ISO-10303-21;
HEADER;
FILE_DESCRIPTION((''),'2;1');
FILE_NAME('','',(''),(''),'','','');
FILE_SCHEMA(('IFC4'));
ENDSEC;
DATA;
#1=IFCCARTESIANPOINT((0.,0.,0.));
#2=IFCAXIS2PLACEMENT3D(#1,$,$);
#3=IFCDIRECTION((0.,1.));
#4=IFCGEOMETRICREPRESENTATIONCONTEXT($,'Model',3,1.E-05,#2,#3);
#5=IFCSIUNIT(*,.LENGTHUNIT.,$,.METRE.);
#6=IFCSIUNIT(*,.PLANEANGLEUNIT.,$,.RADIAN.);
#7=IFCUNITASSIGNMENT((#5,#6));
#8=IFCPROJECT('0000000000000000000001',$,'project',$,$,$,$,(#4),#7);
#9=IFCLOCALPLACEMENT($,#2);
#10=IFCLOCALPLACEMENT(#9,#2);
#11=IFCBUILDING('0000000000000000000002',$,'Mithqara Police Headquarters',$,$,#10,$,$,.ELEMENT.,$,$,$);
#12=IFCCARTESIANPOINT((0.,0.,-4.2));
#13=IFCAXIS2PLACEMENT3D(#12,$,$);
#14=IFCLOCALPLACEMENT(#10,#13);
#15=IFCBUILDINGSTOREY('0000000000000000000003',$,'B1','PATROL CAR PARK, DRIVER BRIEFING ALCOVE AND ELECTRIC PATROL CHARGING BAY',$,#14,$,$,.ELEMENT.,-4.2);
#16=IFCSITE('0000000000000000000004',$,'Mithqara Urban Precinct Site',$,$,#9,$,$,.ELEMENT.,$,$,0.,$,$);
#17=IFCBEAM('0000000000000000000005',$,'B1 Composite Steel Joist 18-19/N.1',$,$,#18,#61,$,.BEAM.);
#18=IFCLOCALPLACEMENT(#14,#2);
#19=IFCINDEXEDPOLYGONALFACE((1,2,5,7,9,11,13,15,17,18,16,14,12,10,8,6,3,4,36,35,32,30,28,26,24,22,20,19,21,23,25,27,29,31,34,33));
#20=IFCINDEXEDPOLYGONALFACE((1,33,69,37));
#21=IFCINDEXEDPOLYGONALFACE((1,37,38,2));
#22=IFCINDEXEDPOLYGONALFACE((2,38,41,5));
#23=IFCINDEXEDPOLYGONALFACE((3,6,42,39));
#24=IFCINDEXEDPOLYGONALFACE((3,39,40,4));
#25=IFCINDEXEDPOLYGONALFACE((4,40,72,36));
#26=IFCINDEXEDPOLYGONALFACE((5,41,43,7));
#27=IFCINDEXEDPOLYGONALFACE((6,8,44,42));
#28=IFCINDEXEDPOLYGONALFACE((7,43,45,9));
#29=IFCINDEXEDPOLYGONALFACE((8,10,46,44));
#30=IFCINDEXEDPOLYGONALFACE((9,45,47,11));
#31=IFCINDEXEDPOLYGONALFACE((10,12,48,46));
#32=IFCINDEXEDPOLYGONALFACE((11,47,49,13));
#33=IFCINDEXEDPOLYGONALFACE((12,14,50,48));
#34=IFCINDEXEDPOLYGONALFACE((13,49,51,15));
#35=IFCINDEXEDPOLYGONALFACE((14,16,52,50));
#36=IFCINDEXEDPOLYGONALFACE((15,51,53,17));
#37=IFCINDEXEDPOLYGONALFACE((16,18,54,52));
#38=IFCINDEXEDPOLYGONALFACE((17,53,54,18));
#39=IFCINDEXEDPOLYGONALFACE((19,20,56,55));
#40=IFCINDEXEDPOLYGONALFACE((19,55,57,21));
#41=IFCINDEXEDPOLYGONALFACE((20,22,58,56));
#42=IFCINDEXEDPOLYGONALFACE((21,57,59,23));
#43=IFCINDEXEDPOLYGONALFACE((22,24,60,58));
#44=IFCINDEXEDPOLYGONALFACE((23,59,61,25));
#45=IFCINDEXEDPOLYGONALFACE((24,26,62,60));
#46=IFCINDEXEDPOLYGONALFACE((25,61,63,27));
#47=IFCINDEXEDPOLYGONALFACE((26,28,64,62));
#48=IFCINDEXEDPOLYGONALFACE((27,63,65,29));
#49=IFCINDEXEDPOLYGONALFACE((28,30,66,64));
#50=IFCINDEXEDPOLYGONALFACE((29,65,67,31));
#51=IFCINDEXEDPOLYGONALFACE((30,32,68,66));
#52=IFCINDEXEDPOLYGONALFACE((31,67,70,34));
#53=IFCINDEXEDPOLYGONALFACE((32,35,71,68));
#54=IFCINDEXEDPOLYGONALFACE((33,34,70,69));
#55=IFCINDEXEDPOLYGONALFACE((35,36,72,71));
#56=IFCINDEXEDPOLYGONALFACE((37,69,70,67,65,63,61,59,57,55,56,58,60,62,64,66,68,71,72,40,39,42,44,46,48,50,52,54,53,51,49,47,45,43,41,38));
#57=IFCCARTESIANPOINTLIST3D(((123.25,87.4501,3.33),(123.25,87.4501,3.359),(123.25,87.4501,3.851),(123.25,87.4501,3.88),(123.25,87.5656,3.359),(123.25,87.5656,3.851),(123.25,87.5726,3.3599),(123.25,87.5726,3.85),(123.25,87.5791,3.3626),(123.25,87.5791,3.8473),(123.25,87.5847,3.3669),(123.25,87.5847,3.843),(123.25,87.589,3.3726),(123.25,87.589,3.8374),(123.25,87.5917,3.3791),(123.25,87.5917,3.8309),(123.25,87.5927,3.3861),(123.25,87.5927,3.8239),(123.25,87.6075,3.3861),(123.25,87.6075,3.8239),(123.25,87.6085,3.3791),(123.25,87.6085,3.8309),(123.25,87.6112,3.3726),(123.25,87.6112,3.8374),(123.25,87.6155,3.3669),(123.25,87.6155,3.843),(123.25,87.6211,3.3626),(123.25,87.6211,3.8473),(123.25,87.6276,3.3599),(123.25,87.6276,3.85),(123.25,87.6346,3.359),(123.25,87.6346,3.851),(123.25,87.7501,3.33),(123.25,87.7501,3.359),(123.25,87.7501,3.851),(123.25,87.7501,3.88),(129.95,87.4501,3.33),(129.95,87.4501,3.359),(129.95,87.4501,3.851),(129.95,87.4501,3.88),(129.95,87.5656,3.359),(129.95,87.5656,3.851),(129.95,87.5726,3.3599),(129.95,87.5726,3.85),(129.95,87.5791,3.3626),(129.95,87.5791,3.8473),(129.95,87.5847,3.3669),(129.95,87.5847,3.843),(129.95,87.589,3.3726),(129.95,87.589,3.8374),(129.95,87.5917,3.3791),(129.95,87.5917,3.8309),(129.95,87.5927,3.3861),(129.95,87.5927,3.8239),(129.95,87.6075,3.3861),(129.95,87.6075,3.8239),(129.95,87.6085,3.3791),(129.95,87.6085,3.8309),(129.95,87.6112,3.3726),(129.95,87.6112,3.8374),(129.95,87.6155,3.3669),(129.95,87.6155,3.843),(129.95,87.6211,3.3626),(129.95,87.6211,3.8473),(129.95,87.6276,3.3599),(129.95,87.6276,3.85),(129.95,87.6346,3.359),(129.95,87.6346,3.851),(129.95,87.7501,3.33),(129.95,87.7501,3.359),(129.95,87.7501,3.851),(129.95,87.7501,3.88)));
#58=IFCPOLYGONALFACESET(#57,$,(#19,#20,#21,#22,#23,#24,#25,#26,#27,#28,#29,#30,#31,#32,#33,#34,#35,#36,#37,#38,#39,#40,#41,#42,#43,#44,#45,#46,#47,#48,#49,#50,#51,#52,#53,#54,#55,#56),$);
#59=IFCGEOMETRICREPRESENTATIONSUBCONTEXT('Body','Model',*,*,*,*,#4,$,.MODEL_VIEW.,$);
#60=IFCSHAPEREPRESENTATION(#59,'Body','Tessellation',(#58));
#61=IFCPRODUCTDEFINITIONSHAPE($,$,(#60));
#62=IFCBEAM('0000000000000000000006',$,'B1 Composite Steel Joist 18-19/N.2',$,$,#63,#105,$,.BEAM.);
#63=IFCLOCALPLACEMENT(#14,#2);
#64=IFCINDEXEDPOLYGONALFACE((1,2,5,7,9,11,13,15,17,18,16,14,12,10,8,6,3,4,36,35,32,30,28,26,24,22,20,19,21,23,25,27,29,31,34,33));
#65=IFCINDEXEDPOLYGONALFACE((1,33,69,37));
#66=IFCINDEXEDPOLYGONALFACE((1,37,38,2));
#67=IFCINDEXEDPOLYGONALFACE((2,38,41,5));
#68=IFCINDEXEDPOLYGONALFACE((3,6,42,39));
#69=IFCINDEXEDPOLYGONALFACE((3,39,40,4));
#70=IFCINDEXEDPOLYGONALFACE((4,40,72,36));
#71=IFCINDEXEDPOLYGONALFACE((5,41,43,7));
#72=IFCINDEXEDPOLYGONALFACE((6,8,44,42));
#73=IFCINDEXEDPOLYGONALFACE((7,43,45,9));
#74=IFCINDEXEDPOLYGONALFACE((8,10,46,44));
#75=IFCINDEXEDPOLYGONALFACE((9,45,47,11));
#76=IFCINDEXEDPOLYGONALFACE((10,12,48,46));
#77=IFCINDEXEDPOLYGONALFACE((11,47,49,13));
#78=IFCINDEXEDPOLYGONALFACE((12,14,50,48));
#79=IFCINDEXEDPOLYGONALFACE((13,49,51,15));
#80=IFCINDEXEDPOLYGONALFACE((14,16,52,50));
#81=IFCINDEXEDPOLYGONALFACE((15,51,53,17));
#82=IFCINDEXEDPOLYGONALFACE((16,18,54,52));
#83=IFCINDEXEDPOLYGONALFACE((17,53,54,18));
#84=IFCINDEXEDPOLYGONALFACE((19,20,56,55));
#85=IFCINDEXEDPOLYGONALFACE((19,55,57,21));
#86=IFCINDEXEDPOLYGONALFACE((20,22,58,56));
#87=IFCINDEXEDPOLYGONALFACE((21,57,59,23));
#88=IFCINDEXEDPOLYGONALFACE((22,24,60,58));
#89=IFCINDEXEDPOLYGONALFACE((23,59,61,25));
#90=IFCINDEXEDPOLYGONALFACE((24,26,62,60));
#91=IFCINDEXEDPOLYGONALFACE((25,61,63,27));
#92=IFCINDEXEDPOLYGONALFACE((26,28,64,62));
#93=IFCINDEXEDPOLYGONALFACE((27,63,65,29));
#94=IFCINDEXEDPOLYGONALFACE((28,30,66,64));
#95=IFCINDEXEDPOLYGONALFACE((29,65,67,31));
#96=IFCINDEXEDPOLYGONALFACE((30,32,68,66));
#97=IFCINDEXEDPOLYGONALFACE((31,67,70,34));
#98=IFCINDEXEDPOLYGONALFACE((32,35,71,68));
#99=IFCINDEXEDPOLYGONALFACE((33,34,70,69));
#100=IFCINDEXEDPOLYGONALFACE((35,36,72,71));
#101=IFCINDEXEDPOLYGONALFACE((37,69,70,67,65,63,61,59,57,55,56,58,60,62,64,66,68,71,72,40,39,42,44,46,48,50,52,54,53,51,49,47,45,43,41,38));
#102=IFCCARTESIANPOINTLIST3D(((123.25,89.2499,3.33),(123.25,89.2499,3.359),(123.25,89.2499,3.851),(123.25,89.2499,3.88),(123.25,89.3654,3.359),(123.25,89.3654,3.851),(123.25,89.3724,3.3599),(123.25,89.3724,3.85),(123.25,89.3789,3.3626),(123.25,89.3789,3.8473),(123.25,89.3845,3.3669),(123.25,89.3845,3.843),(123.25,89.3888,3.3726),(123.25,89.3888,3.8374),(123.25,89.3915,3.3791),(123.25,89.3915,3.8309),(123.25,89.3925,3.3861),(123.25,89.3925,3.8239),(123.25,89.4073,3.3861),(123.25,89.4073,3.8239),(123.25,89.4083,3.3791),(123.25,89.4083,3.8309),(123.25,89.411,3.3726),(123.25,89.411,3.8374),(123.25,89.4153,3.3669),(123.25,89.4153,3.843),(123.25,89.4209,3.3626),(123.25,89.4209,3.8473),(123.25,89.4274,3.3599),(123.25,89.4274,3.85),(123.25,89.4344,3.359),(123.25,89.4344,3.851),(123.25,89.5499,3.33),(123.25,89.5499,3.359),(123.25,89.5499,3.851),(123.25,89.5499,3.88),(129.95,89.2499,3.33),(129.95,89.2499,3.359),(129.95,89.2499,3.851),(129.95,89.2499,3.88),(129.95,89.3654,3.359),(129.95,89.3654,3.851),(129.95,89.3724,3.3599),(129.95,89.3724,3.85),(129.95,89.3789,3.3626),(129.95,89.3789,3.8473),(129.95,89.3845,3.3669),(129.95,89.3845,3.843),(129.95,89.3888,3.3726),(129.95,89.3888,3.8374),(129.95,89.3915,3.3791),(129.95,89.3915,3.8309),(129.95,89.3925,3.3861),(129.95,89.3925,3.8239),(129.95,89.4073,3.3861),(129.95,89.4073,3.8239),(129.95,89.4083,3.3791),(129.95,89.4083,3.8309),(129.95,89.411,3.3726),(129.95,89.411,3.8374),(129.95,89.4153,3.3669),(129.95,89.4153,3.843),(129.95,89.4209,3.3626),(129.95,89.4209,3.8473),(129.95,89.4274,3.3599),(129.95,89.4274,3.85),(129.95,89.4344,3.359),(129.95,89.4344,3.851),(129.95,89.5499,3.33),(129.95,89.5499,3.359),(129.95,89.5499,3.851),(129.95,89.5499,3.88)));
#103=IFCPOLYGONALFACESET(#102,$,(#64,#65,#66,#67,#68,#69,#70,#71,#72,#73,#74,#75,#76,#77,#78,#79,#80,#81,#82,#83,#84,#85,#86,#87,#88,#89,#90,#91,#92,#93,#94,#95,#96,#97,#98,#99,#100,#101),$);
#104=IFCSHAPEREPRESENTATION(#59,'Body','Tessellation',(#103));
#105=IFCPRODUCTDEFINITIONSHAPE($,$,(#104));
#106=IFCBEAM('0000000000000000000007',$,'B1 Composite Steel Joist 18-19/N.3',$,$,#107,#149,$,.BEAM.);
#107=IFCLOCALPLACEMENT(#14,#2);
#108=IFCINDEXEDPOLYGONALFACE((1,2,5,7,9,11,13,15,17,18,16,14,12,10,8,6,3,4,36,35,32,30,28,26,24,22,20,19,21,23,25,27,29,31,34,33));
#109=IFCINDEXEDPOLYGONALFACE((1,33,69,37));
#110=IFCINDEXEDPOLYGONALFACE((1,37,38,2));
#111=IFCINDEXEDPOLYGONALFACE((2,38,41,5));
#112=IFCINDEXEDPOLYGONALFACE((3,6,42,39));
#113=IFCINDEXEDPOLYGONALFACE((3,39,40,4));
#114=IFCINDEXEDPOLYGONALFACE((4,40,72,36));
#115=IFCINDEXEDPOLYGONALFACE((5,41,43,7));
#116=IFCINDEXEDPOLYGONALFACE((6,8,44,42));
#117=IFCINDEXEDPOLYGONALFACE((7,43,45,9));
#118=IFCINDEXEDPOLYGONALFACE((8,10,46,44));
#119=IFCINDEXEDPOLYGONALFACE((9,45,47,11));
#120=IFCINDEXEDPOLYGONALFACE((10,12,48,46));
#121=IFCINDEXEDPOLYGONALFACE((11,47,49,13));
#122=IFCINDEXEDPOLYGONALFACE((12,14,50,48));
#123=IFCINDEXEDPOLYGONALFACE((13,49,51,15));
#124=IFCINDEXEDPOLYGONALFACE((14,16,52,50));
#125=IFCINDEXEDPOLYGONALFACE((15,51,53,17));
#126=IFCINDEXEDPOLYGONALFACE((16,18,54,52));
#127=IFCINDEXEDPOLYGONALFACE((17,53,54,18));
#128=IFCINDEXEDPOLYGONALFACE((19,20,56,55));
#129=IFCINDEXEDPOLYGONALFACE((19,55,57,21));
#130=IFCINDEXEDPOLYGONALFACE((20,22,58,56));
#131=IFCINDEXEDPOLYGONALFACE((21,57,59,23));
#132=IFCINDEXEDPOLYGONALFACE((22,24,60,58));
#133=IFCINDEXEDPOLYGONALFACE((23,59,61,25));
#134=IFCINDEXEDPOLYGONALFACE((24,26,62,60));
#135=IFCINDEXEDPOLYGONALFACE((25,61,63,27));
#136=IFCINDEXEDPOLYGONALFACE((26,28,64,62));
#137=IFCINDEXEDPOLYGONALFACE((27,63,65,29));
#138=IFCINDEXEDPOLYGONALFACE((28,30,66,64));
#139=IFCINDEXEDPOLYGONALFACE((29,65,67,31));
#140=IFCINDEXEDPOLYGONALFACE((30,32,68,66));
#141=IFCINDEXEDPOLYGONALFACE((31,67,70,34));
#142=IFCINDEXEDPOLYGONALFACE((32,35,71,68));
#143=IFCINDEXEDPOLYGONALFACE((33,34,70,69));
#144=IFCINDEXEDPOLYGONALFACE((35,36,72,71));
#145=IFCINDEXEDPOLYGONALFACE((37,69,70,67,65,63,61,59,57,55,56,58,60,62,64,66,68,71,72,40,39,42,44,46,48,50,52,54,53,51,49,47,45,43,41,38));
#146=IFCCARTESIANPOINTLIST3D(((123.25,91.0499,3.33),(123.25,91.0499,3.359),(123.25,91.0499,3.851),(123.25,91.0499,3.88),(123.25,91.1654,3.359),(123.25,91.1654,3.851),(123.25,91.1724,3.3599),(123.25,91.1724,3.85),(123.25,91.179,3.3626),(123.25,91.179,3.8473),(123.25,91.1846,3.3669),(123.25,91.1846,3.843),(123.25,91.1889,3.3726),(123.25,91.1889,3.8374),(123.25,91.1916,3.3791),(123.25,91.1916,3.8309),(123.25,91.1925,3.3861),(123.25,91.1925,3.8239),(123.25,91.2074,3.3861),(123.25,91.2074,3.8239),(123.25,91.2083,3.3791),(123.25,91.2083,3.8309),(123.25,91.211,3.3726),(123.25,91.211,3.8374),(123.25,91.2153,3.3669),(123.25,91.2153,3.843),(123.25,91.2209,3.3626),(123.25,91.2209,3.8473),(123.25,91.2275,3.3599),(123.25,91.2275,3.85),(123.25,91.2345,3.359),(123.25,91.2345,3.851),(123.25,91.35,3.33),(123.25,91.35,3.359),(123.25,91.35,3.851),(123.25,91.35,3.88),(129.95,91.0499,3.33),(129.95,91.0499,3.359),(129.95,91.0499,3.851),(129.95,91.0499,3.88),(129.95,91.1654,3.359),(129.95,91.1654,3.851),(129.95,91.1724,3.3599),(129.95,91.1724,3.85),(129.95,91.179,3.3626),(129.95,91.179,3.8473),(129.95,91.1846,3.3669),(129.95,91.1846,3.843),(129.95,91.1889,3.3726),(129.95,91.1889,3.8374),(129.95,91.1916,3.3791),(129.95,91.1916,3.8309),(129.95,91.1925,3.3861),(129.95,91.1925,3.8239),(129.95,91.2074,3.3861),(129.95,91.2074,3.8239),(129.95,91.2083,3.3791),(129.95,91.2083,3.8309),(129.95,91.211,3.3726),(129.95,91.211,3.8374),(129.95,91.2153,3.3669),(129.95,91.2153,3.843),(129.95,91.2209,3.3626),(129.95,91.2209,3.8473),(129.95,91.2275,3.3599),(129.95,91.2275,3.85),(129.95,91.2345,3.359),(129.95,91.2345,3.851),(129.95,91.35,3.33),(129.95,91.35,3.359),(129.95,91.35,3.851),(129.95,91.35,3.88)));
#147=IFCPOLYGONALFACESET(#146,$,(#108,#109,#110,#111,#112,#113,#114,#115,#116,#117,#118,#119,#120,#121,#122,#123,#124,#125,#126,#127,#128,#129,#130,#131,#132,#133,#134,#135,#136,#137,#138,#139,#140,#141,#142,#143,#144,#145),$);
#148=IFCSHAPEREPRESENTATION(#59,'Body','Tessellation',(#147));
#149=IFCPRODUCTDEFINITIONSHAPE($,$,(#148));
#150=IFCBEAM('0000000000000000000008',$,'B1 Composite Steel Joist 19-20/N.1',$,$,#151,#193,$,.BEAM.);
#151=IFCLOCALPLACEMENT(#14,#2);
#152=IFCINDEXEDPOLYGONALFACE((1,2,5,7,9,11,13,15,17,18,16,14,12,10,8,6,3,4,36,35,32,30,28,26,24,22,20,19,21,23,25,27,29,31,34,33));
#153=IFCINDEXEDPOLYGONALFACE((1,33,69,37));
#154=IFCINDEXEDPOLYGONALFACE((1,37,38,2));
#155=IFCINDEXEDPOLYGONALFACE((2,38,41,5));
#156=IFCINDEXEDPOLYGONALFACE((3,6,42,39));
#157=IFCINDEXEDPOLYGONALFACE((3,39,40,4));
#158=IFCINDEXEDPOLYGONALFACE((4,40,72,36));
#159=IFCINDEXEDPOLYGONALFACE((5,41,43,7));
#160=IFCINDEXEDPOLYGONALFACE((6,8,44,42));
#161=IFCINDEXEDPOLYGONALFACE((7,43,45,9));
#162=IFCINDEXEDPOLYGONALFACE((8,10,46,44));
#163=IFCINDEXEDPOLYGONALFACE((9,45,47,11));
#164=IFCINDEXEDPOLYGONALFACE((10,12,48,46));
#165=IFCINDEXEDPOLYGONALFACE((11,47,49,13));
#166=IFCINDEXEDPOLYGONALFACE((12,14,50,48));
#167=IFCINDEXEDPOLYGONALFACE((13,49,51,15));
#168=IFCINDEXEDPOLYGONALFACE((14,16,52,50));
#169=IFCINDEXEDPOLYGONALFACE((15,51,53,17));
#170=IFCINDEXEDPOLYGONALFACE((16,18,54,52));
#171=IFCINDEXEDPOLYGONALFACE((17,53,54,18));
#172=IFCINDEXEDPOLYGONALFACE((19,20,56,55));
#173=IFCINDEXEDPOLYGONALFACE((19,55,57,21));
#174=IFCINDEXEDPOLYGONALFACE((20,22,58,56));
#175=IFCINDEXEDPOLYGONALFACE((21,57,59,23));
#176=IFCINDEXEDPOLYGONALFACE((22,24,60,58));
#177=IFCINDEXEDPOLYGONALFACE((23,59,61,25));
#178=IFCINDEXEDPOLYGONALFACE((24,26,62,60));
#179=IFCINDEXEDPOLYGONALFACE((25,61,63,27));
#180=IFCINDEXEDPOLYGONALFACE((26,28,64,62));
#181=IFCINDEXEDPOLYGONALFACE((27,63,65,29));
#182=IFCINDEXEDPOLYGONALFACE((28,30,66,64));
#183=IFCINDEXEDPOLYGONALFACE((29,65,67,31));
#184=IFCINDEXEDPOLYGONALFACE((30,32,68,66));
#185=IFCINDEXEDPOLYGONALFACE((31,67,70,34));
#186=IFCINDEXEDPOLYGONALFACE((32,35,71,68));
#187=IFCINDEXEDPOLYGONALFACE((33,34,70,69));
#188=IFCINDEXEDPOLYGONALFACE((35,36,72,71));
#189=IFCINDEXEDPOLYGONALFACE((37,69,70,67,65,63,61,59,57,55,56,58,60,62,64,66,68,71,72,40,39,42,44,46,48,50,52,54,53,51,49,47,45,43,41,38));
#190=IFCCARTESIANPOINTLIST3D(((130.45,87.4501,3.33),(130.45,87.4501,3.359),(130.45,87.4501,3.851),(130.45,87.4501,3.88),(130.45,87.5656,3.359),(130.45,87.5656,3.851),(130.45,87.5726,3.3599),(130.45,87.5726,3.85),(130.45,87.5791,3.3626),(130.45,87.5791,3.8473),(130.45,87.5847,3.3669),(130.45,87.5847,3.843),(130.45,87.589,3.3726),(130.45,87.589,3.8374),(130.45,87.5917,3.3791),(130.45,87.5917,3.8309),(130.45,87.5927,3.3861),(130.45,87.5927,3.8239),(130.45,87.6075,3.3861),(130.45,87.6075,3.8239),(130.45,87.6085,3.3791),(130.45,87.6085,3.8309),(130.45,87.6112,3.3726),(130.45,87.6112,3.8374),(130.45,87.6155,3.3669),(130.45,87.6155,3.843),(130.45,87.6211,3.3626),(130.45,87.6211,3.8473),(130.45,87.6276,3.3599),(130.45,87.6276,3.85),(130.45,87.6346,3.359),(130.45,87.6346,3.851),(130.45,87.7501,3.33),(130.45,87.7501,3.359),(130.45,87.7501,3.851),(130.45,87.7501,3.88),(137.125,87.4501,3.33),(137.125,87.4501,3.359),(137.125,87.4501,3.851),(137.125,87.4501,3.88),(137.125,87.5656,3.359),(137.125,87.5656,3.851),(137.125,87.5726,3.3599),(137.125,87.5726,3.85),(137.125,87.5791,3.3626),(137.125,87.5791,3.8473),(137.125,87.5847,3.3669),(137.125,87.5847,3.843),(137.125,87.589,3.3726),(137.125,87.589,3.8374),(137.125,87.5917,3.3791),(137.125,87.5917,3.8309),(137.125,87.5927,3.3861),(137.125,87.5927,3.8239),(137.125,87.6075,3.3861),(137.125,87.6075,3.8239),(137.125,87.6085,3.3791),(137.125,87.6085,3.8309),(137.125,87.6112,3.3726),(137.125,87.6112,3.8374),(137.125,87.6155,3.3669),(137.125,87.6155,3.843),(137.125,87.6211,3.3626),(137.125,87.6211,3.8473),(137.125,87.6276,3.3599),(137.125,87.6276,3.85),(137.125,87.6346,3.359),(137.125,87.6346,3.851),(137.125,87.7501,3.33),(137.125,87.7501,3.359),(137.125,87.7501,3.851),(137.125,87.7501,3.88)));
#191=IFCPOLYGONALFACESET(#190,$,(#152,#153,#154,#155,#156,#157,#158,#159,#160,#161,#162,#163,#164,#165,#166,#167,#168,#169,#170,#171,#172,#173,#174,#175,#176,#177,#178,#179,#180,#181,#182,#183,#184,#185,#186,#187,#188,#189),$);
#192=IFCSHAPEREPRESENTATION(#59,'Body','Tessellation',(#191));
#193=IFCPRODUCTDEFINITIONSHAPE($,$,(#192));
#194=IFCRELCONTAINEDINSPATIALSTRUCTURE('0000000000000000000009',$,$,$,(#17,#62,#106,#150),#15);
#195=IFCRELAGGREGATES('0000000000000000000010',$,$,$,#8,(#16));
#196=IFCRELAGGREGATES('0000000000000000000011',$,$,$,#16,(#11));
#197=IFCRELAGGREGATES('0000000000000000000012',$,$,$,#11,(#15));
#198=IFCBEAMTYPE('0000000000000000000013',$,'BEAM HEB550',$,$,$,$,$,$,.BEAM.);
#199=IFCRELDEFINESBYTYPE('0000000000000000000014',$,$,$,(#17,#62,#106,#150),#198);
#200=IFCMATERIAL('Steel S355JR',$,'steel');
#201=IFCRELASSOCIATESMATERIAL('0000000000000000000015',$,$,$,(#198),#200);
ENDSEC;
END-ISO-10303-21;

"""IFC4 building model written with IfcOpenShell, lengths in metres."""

from ifc_helpers import new_model, si_unit, direction, frame, origin, origin_2d, place, context, subcontext, project, spatial, i_section, extrude, material, material_profile, profile_set, type_object, element, save


model = new_model("IFC4")

# Units and contexts
model_context = context("Model", 3, precision=1e-05, world=origin(), true_north=direction((0.0, 1.0)))
body_context = subcontext(model_context, "Body", "Model", "MODEL_VIEW")
ifc_project = project(units=[si_unit("LENGTHUNIT", "METRE"), si_unit("PLANEANGLEUNIT", "RADIAN")], contexts=[model_context])

# Site, building, storey
site_placement = place(None, origin())
site = spatial("IfcSite", under=ifc_project, at=site_placement, Name="Mithqara Urban Precinct Site", CompositionType="ELEMENT", RefElevation=0.0)
building_placement = place(site_placement, origin())
building = spatial("IfcBuilding", under=site, at=building_placement, Name="Mithqara Police Headquarters", CompositionType="ELEMENT")
storey_placement = place(building_placement, frame((0.0, 0.0, -4.2)))
storey = spatial("IfcBuildingStorey", under=building, at=storey_placement, Name="B1", Description="PATROL CAR PARK, DRIVER BRIEFING ALCOVE AND ELECTRIC PATROL CHARGING BAY", CompositionType="ELEMENT", Elevation=-4.2)

# Beams
ifc_material_1 = material(Name="Steel S355JR", Category="steel")
ifc_material_profile_1 = material_profile(ifc_material_1, i_section(OverallWidth=0.3, OverallDepth=0.55, WebThickness=0.0149, FlangeThickness=0.0291, FilletRadius=0.0271, at=origin_2d()), Name="HEB 550")
ifc_profile_set_1 = profile_set([ifc_material_profile_1], Name="Steel S355JR")
beam_type_1 = type_object("IfcBeamType", Name="BEAM HEB550", PredefinedType="BEAM", material=ifc_profile_set_1)
for number, where, z_axis, x_axis, name in (
    (1, (123.25, 87.6001, 3.605), (1.0, 0.0, 0.0), (0.0, 1.0, 0.0), "B1 Composite Steel Joist 18-19/N.1"),
    (2, (123.25, 89.3999, 3.605), (1.0, 0.0, 0.0), (0.0, 1.0, 0.0), "B1 Composite Steel Joist 18-19/N.2"),
    (3, (123.25, 91.2, 3.605), (1.0, 0.0, 0.0), (0.0, 1.0, 0.0), "B1 Composite Steel Joist 18-19/N.3"),
):
    element("IfcBeam", number, at=place(storey_placement, frame(where, z_axis=z_axis, x_axis=x_axis)), inside=storey, type_object=beam_type_1, Name=name, PredefinedType="BEAM", context=body_context, shape_type="SweptSolid", body=[
        extrude(i_section(OverallWidth=0.3, OverallDepth=0.55, WebThickness=0.0149, FlangeThickness=0.0291, FilletRadius=0.0271, at=origin_2d()), origin(), (0.0, 0.0, 1.0), 6.7),
    ])
for number, where, z_axis, x_axis, name in (
    (4, (130.45, 87.6001, 3.605), (1.0, 0.0, 0.0), (0.0, 1.0, 0.0), "B1 Composite Steel Joist 19-20/N.1"),
):
    element("IfcBeam", number, at=place(storey_placement, frame(where, z_axis=z_axis, x_axis=x_axis)), inside=storey, type_object=beam_type_1, Name=name, PredefinedType="BEAM", context=body_context, shape_type="SweptSolid", body=[
        extrude(i_section(OverallWidth=0.3, OverallDepth=0.55, WebThickness=0.0149, FlangeThickness=0.0291, FilletRadius=0.0271, at=origin_2d()), origin(), (0.0, 0.0, 1.0), 6.675),
    ])

save(model, "model.ifc")
